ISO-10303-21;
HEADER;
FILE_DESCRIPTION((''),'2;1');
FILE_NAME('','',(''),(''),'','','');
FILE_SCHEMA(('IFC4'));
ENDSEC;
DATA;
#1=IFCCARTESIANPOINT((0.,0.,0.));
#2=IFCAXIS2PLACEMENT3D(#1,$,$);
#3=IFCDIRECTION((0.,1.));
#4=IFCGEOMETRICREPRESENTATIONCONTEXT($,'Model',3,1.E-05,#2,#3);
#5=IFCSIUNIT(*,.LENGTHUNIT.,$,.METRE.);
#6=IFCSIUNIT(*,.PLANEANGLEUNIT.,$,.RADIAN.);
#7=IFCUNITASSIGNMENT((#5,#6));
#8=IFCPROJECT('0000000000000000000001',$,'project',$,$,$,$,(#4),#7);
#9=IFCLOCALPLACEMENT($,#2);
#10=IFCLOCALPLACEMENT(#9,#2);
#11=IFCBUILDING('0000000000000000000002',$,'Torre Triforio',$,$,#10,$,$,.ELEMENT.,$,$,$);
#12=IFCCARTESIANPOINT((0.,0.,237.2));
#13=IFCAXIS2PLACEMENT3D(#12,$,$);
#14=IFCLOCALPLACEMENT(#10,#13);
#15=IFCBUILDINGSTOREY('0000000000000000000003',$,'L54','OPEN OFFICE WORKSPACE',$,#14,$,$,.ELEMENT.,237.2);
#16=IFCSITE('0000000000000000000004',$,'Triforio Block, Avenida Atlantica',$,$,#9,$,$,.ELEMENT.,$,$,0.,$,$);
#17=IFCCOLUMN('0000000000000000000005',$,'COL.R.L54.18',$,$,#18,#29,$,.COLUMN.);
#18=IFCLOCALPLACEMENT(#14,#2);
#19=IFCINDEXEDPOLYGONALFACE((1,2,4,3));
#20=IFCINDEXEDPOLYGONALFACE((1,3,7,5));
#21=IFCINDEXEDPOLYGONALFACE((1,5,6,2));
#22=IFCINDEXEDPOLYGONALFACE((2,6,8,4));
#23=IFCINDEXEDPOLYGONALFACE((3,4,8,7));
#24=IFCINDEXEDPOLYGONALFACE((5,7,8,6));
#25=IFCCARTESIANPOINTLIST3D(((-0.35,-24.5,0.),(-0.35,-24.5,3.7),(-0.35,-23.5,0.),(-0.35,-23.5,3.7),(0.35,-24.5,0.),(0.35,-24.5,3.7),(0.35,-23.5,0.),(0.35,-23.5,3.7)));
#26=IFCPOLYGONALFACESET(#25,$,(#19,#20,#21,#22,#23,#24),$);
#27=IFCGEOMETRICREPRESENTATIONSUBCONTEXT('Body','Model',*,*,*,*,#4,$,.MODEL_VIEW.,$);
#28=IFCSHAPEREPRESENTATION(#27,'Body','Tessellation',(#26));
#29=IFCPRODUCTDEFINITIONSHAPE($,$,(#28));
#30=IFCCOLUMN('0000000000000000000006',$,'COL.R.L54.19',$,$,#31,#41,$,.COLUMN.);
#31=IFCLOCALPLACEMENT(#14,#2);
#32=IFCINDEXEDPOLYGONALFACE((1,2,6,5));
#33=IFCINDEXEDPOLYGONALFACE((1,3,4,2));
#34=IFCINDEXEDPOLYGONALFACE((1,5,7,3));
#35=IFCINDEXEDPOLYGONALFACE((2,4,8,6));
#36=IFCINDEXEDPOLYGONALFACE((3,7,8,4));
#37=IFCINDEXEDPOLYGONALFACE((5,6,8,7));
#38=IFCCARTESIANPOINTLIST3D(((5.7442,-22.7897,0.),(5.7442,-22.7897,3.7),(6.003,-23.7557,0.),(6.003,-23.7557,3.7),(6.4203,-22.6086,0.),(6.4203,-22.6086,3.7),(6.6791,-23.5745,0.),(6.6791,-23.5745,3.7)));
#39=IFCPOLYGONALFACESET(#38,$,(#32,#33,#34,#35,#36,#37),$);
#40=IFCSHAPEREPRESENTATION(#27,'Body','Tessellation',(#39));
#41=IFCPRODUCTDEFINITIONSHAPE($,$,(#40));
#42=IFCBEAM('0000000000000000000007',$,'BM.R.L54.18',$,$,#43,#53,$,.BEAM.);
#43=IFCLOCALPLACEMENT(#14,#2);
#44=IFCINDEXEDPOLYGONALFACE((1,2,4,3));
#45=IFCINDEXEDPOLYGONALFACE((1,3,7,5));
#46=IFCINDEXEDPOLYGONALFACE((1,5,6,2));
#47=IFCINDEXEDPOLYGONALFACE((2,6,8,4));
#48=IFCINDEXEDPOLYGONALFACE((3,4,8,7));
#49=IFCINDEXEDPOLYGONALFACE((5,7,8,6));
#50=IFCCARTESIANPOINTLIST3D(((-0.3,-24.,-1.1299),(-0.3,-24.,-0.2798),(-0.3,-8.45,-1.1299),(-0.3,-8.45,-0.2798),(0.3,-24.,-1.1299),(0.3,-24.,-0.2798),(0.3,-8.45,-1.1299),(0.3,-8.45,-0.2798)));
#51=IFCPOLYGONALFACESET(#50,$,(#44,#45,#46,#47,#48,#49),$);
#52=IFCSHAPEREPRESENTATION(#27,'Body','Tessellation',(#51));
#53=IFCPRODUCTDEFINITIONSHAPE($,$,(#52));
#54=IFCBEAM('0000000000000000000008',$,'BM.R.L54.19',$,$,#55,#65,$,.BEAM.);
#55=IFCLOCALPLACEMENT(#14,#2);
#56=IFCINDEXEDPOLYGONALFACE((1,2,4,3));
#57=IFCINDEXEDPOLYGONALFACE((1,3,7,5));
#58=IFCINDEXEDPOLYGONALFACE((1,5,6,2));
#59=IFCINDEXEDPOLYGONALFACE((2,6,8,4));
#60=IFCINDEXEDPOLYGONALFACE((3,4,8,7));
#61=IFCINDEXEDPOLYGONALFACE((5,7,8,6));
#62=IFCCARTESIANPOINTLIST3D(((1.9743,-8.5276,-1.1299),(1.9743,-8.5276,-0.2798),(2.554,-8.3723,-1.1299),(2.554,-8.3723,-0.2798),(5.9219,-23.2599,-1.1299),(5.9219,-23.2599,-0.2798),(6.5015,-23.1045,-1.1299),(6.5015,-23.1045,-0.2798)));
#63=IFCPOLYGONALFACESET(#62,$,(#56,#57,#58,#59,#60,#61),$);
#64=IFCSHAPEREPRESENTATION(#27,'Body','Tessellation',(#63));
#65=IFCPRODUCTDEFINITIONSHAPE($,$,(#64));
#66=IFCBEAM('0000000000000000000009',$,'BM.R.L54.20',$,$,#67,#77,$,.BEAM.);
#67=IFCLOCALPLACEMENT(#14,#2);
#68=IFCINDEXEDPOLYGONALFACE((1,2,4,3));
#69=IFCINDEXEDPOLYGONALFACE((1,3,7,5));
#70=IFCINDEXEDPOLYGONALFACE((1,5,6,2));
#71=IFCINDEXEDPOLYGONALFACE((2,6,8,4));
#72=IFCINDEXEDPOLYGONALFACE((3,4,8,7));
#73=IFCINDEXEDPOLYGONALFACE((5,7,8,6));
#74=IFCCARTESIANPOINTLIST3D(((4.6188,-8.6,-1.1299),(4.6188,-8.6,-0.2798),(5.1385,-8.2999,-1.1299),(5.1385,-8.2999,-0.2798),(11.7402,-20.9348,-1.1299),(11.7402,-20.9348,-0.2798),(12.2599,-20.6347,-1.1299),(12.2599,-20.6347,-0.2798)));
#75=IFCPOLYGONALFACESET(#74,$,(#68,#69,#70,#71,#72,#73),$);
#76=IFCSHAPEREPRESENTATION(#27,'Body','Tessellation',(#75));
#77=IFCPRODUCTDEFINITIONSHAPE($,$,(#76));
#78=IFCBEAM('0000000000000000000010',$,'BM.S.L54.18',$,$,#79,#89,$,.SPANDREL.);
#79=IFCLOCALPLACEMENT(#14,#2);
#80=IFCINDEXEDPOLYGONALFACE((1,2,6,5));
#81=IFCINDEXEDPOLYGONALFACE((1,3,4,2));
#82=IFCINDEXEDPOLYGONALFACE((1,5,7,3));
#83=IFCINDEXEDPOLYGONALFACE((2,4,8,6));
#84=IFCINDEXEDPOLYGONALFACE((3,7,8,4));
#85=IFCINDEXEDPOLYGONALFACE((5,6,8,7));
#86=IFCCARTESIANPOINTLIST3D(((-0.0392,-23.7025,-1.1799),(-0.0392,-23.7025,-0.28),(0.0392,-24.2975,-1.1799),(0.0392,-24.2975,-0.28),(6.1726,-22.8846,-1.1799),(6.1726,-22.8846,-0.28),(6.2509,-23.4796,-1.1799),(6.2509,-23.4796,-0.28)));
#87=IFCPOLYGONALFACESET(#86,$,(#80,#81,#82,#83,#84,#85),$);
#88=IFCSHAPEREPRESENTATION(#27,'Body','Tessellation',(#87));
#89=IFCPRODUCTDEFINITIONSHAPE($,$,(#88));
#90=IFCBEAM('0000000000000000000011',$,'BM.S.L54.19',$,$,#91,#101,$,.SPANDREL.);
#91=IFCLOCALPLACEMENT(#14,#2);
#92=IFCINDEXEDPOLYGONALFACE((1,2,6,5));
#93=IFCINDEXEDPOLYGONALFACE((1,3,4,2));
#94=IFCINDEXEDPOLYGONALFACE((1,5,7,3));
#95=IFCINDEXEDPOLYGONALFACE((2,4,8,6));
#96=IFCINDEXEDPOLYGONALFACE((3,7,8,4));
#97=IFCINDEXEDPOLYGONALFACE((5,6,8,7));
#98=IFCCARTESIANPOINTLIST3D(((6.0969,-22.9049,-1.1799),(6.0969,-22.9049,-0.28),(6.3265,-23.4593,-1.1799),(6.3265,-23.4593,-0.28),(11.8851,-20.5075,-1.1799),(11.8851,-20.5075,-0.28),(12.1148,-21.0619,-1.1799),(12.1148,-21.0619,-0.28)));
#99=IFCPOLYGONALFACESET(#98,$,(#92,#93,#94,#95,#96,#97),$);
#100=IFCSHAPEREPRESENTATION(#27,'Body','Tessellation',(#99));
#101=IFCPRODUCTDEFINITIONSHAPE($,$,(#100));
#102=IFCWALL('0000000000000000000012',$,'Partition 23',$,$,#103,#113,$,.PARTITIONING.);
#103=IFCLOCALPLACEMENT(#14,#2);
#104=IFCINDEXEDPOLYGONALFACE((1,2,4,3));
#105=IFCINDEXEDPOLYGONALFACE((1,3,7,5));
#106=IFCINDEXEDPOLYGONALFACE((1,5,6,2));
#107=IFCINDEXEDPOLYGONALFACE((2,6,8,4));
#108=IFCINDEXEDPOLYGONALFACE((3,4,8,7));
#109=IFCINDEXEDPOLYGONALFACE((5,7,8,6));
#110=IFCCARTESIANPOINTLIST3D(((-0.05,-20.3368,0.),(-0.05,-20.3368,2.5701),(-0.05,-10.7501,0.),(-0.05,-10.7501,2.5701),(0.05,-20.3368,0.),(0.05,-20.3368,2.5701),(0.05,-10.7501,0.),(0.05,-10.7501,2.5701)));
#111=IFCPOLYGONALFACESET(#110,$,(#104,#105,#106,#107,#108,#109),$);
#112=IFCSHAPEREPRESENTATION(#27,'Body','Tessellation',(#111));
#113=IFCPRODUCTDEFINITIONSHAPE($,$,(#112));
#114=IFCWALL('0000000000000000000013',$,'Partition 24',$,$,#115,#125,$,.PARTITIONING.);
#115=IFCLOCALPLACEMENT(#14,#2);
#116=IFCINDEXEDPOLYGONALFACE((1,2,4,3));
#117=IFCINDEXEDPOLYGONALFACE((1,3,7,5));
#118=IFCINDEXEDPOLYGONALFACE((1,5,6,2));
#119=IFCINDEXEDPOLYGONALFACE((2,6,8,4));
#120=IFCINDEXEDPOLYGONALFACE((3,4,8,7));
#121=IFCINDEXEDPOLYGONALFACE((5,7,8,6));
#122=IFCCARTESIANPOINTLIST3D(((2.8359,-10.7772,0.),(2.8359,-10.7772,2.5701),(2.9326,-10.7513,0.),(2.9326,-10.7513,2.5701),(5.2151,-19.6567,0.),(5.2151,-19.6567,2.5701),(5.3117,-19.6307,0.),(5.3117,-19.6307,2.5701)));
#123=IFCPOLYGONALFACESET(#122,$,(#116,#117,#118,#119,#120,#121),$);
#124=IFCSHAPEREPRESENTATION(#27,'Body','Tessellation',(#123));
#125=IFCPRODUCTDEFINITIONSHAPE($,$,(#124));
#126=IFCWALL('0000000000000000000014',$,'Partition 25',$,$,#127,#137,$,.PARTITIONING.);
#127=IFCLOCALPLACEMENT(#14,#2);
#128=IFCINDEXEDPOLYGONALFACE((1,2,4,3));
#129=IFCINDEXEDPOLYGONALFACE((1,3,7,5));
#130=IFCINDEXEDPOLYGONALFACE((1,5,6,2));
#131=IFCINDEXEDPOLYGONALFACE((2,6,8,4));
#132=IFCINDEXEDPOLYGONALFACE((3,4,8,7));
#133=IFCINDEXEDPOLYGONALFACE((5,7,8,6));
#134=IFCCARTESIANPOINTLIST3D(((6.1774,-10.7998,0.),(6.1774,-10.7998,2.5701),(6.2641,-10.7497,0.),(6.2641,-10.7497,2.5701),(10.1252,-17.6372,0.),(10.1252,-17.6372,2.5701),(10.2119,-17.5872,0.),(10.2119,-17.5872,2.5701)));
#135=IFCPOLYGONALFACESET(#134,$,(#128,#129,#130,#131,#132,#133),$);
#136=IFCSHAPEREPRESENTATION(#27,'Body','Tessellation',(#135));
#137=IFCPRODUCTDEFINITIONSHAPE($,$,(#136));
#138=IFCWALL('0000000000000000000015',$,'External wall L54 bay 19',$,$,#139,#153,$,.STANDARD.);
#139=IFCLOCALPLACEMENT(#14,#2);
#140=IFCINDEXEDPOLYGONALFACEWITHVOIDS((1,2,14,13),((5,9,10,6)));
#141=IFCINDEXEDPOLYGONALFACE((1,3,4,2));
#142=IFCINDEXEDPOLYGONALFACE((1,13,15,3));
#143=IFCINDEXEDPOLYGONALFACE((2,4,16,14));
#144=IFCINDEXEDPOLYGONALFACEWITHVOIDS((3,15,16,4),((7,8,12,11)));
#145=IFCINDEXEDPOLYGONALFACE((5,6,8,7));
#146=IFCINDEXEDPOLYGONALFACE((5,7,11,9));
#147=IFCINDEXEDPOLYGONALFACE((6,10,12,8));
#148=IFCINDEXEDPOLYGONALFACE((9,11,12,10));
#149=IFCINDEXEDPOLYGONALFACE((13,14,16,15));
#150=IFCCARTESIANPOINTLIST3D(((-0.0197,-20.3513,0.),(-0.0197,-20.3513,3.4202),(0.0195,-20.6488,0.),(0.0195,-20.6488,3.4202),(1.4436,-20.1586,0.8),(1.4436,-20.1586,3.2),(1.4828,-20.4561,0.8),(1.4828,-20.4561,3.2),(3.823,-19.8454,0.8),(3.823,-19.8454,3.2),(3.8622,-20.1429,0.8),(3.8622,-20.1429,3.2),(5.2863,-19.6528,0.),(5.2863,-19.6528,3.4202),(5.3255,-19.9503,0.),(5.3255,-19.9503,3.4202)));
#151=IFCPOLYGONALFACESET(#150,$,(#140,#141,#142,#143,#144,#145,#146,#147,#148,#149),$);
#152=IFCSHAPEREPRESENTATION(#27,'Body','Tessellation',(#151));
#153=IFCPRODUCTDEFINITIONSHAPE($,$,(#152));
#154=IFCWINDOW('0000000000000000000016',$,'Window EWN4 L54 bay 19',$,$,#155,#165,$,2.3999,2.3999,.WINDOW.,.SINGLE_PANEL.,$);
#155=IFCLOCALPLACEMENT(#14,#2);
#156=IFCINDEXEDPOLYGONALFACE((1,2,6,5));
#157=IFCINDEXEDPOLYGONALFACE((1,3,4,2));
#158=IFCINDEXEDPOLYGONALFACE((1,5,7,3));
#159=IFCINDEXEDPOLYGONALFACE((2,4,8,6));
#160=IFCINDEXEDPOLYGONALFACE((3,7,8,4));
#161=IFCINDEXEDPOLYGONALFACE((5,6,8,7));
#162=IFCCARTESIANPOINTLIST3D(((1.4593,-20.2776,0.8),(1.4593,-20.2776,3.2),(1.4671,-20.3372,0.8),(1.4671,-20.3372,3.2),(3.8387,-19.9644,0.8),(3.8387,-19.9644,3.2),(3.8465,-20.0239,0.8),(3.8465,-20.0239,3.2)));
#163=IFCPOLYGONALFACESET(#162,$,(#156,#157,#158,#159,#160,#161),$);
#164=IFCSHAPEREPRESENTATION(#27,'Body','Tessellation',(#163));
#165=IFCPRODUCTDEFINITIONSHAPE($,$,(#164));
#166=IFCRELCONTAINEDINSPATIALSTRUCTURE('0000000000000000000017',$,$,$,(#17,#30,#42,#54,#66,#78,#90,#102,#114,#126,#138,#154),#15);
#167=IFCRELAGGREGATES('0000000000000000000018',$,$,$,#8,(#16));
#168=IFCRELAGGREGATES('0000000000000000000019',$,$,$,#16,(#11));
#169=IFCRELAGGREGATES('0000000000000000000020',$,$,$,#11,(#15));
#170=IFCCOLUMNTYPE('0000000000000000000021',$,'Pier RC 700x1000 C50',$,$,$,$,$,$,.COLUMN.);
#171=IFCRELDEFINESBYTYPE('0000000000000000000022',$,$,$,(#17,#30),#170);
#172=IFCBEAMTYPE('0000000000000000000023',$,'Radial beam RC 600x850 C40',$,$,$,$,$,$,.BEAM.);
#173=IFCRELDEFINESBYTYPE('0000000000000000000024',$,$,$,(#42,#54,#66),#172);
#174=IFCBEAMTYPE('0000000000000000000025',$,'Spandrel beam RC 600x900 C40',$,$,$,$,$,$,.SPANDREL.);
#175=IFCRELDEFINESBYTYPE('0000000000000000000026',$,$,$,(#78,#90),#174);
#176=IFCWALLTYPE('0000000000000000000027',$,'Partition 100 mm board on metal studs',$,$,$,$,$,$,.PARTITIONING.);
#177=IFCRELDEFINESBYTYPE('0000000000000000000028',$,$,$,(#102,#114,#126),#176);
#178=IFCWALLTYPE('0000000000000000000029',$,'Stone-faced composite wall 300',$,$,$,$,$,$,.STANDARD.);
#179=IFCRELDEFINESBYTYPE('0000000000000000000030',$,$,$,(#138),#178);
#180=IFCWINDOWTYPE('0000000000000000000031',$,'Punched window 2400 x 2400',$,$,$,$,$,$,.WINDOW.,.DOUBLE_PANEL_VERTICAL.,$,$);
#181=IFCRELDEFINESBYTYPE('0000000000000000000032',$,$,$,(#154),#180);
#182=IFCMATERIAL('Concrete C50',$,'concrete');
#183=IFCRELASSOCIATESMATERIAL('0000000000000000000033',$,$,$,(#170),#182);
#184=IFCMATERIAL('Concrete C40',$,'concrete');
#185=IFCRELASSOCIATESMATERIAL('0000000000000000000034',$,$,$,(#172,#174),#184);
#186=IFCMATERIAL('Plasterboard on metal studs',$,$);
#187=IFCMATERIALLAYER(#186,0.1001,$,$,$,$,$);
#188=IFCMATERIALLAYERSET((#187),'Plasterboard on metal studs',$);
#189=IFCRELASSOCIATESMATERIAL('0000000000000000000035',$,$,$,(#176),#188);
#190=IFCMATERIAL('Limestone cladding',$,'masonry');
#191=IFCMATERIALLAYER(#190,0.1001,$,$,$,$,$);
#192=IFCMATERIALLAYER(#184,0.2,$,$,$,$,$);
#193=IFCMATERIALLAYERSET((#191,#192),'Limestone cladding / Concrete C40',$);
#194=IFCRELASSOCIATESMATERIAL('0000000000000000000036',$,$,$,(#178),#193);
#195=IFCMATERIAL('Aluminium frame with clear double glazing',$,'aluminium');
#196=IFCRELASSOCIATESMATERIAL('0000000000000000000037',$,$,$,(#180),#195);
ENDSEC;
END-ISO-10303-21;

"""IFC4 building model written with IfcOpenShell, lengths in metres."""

from ifc_helpers import new_model, si_unit, direction, frame, frame_2d, origin, origin_2d, place, context, subcontext, project, spatial, rectangle, extrude, material, layer, layer_set, material_profile, profile_set, type_object, element, fill, save


model = new_model("IFC4")

# Units and contexts
model_context = context("Model", 3, precision=1e-05, world=origin(), true_north=direction((0.0, 1.0)))
body_context = subcontext(model_context, "Body", "Model", "MODEL_VIEW")
ifc_project = project(units=[si_unit("LENGTHUNIT", "METRE"), si_unit("PLANEANGLEUNIT", "RADIAN")], contexts=[model_context])

# Site, building, storey
site_placement = place(None, origin())
site = spatial("IfcSite", under=ifc_project, at=site_placement, Name="Triforio Block, Avenida Atlantica", CompositionType="ELEMENT", RefElevation=0.0)
building_placement = place(site_placement, origin())
building = spatial("IfcBuilding", under=site, at=building_placement, Name="Torre Triforio", CompositionType="ELEMENT")
storey_placement = place(building_placement, frame((0.0, 0.0, 237.2)))
storey = spatial("IfcBuildingStorey", under=building, at=storey_placement, Name="L54", Description="OPEN OFFICE WORKSPACE", CompositionType="ELEMENT", Elevation=237.2)

# Columns
ifc_material_1 = material(Name="Concrete C50", Category="concrete")
ifc_material_profile_1 = material_profile(ifc_material_1, rectangle(XDim=0.7, YDim=1.0, at=origin_2d()), Name="RC 700x1000")
ifc_profile_set_1 = profile_set([ifc_material_profile_1], Name="Concrete C50")
column_type = type_object("IfcColumnType", Name="Pier RC 700x1000 C50", PredefinedType="COLUMN", material=ifc_profile_set_1)
for number, where, z_axis, x_axis, name in (
    (1, (0.0, -24.0, 0.0), (0.0, 0.0, 1.0), (1.0, 0.0, 0.0), "COL.R.L54.18"),
    (2, (6.2117, -23.1821, 0.0), (0.0, 0.0, 1.0), (0.965926, 0.258819, 0.0), "COL.R.L54.19"),
):
    element("IfcColumn", number, at=place(storey_placement, frame(where, z_axis=z_axis, x_axis=x_axis)), inside=storey, type_object=column_type, Name=name, PredefinedType="COLUMN", context=body_context, shape_type="SweptSolid", body=[
        extrude(rectangle(XDim=0.7, YDim=1.0, at=origin_2d()), origin(), (0.0, 0.0, 1.0), 3.7),
    ])

# Beams
ifc_material_2 = material(Name="Concrete C40", Category="concrete")
ifc_material_profile_2 = material_profile(ifc_material_2, rectangle(XDim=0.6001, YDim=0.8501, at=origin_2d()), Name="RC 600x850")
ifc_profile_set_2 = profile_set([ifc_material_profile_2], Name="Concrete C40")
beam_type_1 = type_object("IfcBeamType", Name="Radial beam RC 600x850 C40", PredefinedType="BEAM", material=ifc_profile_set_2)
beam_1_placement = place(storey_placement, frame((0.0, -8.45, -0.7048), z_axis=(0.0, -1.0, 0.0), x_axis=(1.0, 0.0, 0.0)))
element("IfcBeam", 3, at=beam_1_placement, inside=storey, type_object=beam_type_1, Name="BM.R.L54.18", PredefinedType="BEAM", context=body_context, shape_type="SweptSolid", body=[
    extrude(rectangle(XDim=0.6001, YDim=0.8501, at=origin_2d()), origin(), (0.0, 0.0, 1.0), 15.55),
])
beam_2_placement = place(storey_placement, frame((2.2642, -8.45, -0.7048), z_axis=(0.258821, -0.965925, 0.0), x_axis=(0.965925, 0.258821, 0.0)))
element("IfcBeam", 4, at=beam_2_placement, inside=storey, type_object=beam_type_1, Name="BM.R.L54.19", PredefinedType="BEAM", context=body_context, shape_type="SweptSolid", body=[
    extrude(rectangle(XDim=0.6001, YDim=0.8501, at=origin_2d()), origin(), (0.0, 0.0, 1.0), 15.252),
])
beam_3_placement = place(storey_placement, frame((4.8787, -8.45, -0.7048), z_axis=(0.499994, -0.866029, 0.0), x_axis=(0.866029, 0.499994, 0.0)))
element("IfcBeam", 5, at=beam_3_placement, inside=storey, type_object=beam_type_1, Name="BM.R.L54.20", PredefinedType="BEAM", context=body_context, shape_type="SweptSolid", body=[
    extrude(rectangle(XDim=0.6001, YDim=0.8501, at=origin_2d()), origin(), (0.0, 0.0, 1.0), 14.2429),
])
ifc_material_profile_3 = material_profile(ifc_material_2, rectangle(XDim=0.6001, YDim=0.8999, at=origin_2d()), Name="RC 600x900")
ifc_profile_set_3 = profile_set([ifc_material_profile_3], Name="Concrete C40")
beam_type_2 = type_object("IfcBeamType", Name="Spandrel beam RC 600x900 C40", PredefinedType="SPANDREL", material=ifc_profile_set_3)
beam_4_placement = place(storey_placement, frame((0.0, -24.0, -0.73), z_axis=(0.991443, 0.13054, 0.0), x_axis=(-0.13054, 0.991443, 0.0)))
element("IfcBeam", 6, at=beam_4_placement, inside=storey, type_object=beam_type_2, Name="BM.S.L54.18", PredefinedType="SPANDREL", context=body_context, shape_type="SweptSolid", body=[
    extrude(rectangle(XDim=0.6001, YDim=0.8999, at=origin_2d()), origin(), (0.0, 0.0, 1.0), 6.2654),
])
beam_5_placement = place(storey_placement, frame((6.2117, -23.1821, -0.73), z_axis=(0.923888, 0.382664, 0.0), x_axis=(-0.382664, 0.923888, 0.0)))
element("IfcBeam", 7, at=beam_5_placement, inside=storey, type_object=beam_type_2, Name="BM.S.L54.19", PredefinedType="SPANDREL", context=body_context, shape_type="SweptSolid", body=[
    extrude(rectangle(XDim=0.6001, YDim=0.8999, at=origin_2d()), origin(), (0.0, 0.0, 1.0), 6.2651),
])

# Walls
ifc_material_3 = material(Name="Plasterboard on metal studs")
ifc_layer_1 = layer(ifc_material_3, 0.1001)
ifc_layer_set_1 = layer_set([ifc_layer_1], Name="Plasterboard on metal studs")
wall_type_1 = type_object("IfcWallType", Name="Partition 100 mm board on metal studs", PredefinedType="PARTITIONING", material=ifc_layer_set_1)
wall_1_placement = place(storey_placement, frame((0.0, -10.75, 0.0), z_axis=(0.0, 0.0, 1.0), x_axis=(0.0, -1.0, 0.0)))
element("IfcWall", 8, at=wall_1_placement, inside=storey, type_object=wall_type_1, Name="Partition 23", PredefinedType="PARTITIONING", context=body_context, shape_type="SweptSolid", body=[
    extrude(rectangle(XDim=9.5867, YDim=0.1001, at=frame_2d((4.7935, 0.0))), origin(), (0.0, 0.0, 1.0), 2.5701),
])
wall_2_placement = place(storey_placement, frame((2.8843, -10.7644, 0.0), z_axis=(0.0, 0.0, 1.0), x_axis=(0.258811, -0.965928, 0.0)))
element("IfcWall", 9, at=wall_2_placement, inside=storey, type_object=wall_type_1, Name="Partition 24", PredefinedType="PARTITIONING", context=body_context, shape_type="SweptSolid", body=[
    extrude(rectangle(XDim=9.1926, YDim=0.1001, at=frame_2d((4.5962, 0.0))), origin(), (0.0, 0.0, 1.0), 2.5701),
])
wall_3_placement = place(storey_placement, frame((6.2207, -10.7747, 0.0), z_axis=(0.0, 0.0, 1.0), x_axis=(0.500017, -0.866016, 0.0)))
element("IfcWall", 10, at=wall_3_placement, inside=storey, type_object=wall_type_1, Name="Partition 25", PredefinedType="PARTITIONING", context=body_context, shape_type="SweptSolid", body=[
    extrude(rectangle(XDim=7.8953, YDim=0.1001, at=frame_2d((3.9478, 0.0))), origin(), (0.0, 0.0, 1.0), 2.5701),
])

# Wall, opening, window
ifc_material_4 = material(Name="Limestone cladding", Category="masonry")
ifc_layer_2 = layer(ifc_material_4, 0.1001)
ifc_layer_3 = layer(ifc_material_2, 0.2)
ifc_layer_set_2 = layer_set([ifc_layer_2, ifc_layer_3], Name="Limestone cladding / Concrete C40")
wall_type_2 = type_object("IfcWallType", Name="Stone-faced composite wall 300", PredefinedType="STANDARD", material=ifc_layer_set_2)
wall_4_placement = place(storey_placement, frame((0.0, -20.5, 0.0), z_axis=(0.0, 0.0, 1.0), x_axis=(0.991446, 0.130517, 0.0)))
wall_4 = element("IfcWall", 11, at=wall_4_placement, inside=storey, type_object=wall_type_2, Name="External wall L54 bay 19", PredefinedType="STANDARD", context=body_context, shape_type="SweptSolid", body=[
    extrude(rectangle(XDim=5.3518, YDim=0.3, at=frame_2d((2.6758, 0.0))), origin(), (0.0, 0.0, 1.0), 3.4202),
])
opening_1_placement = place(wall_4_placement, frame((1.4758, 0.0, 0.8)))
opening_1 = element("IfcOpeningElement", 12, at=opening_1_placement, cuts=wall_4, PredefinedType="OPENING", context=body_context, shape_type="SweptSolid", body=[
    extrude(rectangle(XDim=2.3999, YDim=2.3999, at=frame_2d((1.2, 1.2))), frame((0.0, 0.1599, 0.0), z_axis=(0.0, -1.0, 0.0), x_axis=(1.0, 0.0, 0.0)), (0.0, 0.0, 1.0), 0.3201),
])
ifc_material_5 = material(Name="Aluminium frame with clear double glazing", Category="aluminium")
window_type_1 = type_object("IfcWindowType", Name="Punched window 2400 x 2400", PartitioningType="DOUBLE_PANEL_VERTICAL", PredefinedType="WINDOW", material=ifc_material_5)
window_1_placement = place(opening_1_placement, origin())
window_1 = element("IfcWindow", 13, at=window_1_placement, inside=storey, type_object=window_type_1, Name="Window EWN4 L54 bay 19", OverallHeight=2.3999, OverallWidth=2.3999, PartitioningType="SINGLE_PANEL", PredefinedType="WINDOW", context=body_context, shape_type="SweptSolid", body=[
    extrude(rectangle(XDim=2.3999, YDim=2.3999, at=frame_2d((1.2, 1.2))), frame((0.0, 0.03, 0.0), z_axis=(0.0, -1.0, 0.0), x_axis=(1.0, 0.0, 0.0)), (0.0, 0.0, 1.0), 0.0601),
])
fill(opening_1, window_1)

save(model, "model.ifc")
